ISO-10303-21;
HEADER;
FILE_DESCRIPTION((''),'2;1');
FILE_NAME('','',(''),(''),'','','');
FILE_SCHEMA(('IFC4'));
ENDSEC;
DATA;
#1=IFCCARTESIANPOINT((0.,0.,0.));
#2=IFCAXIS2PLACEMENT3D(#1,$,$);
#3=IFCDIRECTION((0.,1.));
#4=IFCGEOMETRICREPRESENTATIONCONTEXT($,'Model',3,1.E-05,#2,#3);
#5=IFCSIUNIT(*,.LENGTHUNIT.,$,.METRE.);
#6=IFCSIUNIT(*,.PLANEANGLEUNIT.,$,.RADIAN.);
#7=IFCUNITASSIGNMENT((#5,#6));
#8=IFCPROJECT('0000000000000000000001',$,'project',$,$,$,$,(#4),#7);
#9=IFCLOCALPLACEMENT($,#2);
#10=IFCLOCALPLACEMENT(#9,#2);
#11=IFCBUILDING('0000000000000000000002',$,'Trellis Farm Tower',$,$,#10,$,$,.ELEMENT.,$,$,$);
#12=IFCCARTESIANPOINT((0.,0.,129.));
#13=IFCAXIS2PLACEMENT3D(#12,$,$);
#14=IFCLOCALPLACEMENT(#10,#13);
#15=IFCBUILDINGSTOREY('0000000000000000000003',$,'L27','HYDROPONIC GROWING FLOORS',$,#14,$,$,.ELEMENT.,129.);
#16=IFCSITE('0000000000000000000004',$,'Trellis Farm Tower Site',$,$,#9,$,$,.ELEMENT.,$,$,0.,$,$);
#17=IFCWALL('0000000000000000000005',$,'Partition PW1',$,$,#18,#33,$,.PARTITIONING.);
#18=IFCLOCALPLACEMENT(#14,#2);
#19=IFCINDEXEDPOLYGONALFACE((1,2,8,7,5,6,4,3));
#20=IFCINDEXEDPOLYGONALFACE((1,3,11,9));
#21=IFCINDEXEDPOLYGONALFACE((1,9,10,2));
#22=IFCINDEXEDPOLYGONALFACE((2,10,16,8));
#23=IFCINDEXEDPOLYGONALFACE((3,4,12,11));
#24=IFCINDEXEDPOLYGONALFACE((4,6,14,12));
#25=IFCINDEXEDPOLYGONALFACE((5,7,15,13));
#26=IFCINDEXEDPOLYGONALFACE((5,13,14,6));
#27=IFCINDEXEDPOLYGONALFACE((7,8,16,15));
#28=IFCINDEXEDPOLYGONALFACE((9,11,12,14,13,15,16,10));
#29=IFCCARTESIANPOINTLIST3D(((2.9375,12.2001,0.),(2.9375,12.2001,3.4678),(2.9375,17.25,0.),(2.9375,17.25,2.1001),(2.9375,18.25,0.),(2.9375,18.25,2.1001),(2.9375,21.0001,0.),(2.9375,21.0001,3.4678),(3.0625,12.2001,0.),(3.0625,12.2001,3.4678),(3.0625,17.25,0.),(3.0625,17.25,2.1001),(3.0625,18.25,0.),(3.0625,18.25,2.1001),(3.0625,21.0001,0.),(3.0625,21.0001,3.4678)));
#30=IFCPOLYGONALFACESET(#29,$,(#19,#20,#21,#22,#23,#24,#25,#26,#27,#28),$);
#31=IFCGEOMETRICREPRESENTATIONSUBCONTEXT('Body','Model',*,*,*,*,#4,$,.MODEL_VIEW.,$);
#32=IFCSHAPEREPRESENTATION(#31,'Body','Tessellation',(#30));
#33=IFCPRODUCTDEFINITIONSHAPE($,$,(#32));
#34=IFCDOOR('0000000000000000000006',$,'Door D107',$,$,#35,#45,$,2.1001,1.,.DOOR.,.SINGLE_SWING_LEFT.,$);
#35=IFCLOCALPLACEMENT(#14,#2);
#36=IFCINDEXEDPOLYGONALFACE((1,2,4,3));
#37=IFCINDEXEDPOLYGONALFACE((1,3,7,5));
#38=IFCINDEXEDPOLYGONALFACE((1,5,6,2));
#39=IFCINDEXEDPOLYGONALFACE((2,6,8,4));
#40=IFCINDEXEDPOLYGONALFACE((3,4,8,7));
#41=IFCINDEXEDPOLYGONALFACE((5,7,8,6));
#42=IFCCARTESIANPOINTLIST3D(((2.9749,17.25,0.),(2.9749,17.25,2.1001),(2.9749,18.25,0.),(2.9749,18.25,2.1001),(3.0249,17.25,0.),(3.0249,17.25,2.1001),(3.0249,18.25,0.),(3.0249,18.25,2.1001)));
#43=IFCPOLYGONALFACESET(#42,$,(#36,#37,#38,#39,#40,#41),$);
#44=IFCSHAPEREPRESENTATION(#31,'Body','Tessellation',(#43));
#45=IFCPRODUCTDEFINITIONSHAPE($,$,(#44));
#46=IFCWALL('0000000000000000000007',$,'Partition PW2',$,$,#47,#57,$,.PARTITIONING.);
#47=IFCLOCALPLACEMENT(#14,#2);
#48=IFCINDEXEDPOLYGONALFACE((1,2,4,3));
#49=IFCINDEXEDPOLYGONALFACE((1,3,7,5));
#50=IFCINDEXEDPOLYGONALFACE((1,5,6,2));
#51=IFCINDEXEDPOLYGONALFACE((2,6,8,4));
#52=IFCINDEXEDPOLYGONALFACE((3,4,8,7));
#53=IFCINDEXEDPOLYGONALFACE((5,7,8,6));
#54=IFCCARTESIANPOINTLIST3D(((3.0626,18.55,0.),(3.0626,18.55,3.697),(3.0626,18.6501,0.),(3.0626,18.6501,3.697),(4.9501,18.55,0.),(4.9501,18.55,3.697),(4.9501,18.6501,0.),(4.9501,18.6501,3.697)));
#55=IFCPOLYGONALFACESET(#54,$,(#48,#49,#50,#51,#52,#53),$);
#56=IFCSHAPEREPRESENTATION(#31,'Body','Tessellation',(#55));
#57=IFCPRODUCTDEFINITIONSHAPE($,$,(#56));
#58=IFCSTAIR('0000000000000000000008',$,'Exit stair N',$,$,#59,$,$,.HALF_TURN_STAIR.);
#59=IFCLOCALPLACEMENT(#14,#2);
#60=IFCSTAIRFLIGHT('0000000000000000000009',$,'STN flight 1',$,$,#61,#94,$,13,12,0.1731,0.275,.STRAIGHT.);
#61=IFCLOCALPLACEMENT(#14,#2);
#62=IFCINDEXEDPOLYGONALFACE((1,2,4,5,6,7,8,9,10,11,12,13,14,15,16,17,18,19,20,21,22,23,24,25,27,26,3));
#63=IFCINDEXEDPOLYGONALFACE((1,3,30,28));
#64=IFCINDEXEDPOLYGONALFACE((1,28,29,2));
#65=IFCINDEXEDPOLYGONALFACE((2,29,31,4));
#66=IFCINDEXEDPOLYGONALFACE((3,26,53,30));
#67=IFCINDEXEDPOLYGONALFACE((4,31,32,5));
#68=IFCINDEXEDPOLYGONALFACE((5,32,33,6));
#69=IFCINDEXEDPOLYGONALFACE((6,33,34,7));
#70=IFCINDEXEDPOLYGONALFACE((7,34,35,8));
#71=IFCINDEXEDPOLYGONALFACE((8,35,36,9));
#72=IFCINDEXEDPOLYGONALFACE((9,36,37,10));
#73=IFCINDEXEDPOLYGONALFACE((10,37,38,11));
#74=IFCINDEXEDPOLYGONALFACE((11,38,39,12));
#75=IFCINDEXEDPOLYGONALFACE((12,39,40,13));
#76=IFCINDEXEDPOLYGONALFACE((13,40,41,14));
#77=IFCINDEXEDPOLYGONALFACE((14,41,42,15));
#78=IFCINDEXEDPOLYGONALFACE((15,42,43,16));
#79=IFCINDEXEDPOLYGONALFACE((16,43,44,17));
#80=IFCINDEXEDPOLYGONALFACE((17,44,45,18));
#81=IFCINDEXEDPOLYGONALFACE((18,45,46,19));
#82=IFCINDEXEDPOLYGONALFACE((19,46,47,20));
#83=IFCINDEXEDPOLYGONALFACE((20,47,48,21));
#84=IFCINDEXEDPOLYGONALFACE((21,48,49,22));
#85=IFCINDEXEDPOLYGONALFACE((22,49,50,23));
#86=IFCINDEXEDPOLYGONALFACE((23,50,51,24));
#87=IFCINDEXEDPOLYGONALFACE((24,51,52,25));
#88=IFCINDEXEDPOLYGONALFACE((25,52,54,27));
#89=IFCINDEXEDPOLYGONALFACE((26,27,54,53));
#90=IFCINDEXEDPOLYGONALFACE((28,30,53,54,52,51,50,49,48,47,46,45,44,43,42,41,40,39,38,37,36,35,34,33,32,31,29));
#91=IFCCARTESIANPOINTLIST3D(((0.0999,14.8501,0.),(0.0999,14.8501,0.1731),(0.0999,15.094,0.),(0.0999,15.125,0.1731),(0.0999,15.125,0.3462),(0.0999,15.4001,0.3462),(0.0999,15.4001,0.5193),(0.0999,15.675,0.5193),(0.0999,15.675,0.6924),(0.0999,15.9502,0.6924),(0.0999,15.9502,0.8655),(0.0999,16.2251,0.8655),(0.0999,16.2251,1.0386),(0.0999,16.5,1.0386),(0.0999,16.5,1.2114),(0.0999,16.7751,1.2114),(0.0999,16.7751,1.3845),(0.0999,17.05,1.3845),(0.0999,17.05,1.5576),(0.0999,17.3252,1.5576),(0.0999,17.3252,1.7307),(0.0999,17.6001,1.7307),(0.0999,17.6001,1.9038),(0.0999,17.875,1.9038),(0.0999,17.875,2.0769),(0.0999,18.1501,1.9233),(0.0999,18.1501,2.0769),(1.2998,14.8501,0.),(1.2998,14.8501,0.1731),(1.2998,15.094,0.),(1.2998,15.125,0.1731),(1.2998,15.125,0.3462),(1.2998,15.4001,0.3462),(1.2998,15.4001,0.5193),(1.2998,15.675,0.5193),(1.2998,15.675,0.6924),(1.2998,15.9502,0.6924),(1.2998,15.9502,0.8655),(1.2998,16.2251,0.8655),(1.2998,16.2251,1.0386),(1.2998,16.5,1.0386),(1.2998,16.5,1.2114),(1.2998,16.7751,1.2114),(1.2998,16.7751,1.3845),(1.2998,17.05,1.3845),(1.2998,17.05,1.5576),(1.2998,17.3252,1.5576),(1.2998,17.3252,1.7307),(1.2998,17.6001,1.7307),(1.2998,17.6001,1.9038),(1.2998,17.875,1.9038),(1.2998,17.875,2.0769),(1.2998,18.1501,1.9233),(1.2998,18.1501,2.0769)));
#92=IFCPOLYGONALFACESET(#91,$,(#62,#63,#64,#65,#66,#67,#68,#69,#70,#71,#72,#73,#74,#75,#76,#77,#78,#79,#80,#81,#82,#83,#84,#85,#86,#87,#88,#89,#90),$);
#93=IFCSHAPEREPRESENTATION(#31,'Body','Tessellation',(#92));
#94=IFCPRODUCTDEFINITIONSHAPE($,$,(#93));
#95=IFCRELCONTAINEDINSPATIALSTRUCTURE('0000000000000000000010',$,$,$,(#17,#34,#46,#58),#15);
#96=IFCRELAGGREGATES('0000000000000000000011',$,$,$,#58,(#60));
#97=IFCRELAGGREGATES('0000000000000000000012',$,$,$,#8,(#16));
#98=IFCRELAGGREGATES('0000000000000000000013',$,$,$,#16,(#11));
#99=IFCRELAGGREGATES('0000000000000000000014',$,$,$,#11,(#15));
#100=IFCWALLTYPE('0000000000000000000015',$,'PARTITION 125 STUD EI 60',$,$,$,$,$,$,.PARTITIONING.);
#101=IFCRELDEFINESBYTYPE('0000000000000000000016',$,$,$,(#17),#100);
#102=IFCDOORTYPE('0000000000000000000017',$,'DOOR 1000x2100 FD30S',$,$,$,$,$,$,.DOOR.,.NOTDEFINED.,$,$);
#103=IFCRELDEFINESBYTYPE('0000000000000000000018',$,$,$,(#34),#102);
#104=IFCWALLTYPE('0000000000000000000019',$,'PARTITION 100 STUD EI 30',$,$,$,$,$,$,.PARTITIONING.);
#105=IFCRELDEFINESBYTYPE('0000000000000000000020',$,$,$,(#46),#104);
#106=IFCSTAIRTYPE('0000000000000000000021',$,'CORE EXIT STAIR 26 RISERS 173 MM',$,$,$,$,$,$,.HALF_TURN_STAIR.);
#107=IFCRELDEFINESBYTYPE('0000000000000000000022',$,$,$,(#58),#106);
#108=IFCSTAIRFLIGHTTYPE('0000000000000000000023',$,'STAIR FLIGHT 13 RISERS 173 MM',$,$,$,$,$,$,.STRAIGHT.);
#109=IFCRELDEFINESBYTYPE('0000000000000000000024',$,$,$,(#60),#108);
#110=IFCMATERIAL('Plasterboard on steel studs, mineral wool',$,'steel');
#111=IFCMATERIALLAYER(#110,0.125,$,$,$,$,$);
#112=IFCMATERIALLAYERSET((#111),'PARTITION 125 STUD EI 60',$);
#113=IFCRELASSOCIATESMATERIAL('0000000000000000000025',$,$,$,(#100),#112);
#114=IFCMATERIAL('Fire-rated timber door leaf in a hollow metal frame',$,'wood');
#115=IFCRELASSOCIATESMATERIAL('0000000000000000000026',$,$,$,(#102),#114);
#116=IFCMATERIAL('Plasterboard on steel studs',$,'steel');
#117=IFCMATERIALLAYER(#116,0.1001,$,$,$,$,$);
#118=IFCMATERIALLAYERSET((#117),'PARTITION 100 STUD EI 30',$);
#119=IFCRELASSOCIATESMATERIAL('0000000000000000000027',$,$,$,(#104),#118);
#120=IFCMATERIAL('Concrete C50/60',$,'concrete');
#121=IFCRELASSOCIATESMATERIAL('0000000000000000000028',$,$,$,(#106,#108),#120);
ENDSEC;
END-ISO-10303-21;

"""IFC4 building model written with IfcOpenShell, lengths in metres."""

from ifc_helpers import new_model, si_unit, direction, frame, frame_2d, origin, place, context, subcontext, project, spatial, polyline, rectangle, outline, extrude, source, transform, mapped, material, layer, layer_set, type_object, element, fill, aggregate, save


model = new_model("IFC4")

# Units and contexts
model_context = context("Model", 3, precision=1e-05, world=origin(), true_north=direction((0.0, 1.0)))
body_context = subcontext(model_context, "Body", "Model", "MODEL_VIEW")
ifc_project = project(units=[si_unit("LENGTHUNIT", "METRE"), si_unit("PLANEANGLEUNIT", "RADIAN")], contexts=[model_context])

# Site, building, storey
site_placement = place(None, origin())
site = spatial("IfcSite", under=ifc_project, at=site_placement, Name="Trellis Farm Tower Site", CompositionType="ELEMENT", RefElevation=0.0)
building_placement = place(site_placement, origin())
building = spatial("IfcBuilding", under=site, at=building_placement, Name="Trellis Farm Tower", CompositionType="ELEMENT")
storey_placement = place(building_placement, frame((0.0, 0.0, 129.0)))
storey = spatial("IfcBuildingStorey", under=building, at=storey_placement, Name="L27", Description="HYDROPONIC GROWING FLOORS", CompositionType="ELEMENT", Elevation=129.0)

# Shared definitions
placement = place(storey_placement, origin())

# Shared definitions
ifc_material_1 = material(Name="Plasterboard on steel studs, mineral wool", Category="steel")
ifc_layer_1 = layer(ifc_material_1, 0.125)
ifc_layer_set_1 = layer_set([ifc_layer_1], Name="PARTITION 125 STUD EI 60")
wall_type_1 = type_object("IfcWallType", Name="PARTITION 125 STUD EI 60", PredefinedType="PARTITIONING", material=ifc_layer_set_1)

# Shared definitions
shared_shape_1 = source(origin(), body_context, "Body", "SweptSolid", [
    extrude(rectangle(XDim=1.0, YDim=2.1001, at=frame_2d((0.5, 1.05))), frame((0.0, 0.0725, 0.0), z_axis=(0.0, -1.0, 0.0), x_axis=(1.0, 0.0, 0.0)), (0.0, 0.0, 1.0), 0.145),
])
ifc_material_2 = material(Name="Fire-rated timber door leaf in a hollow metal frame", Category="wood")
door_type_1 = type_object("IfcDoorType", Name="DOOR 1000x2100 FD30S", OperationType="NOTDEFINED", PredefinedType="DOOR", material=ifc_material_2)
shared_shape_2 = source(origin(), body_context, "Body", "SweptSolid", [
    extrude(rectangle(XDim=1.0, YDim=2.1001, at=frame_2d((0.5, 1.05))), frame((0.0, 0.0249, 0.0), z_axis=(0.0, -1.0, 0.0), x_axis=(1.0, 0.0, 0.0)), (0.0, 0.0, 1.0), 0.05),
])

# Wall, opening, door
shared_shape_3 = source(origin(), body_context, "Body", "SweptSolid", [
    extrude(rectangle(XDim=8.8, YDim=0.125, at=frame_2d((4.3999, 0.0))), origin(), (0.0, 0.0, 1.0), 3.4678),
])
wall_1_placement = place(storey_placement, frame((3.0, 21.0, 0.0), z_axis=(0.0, 0.0, 1.0), x_axis=(0.0, -1.0, 0.0)))
wall_1 = element("IfcWall", 1, at=wall_1_placement, inside=storey, type_object=wall_type_1, Name="Partition PW1", PredefinedType="PARTITIONING", context=body_context, shape_type="MappedRepresentation", body=[
    mapped(shared_shape_3, transform((0.0, 0.0, 0.0))),
])
opening_1_placement = place(wall_1_placement, frame((2.75, 0.0, 0.0)))
opening_1 = element("IfcOpeningElement", 2, at=opening_1_placement, cuts=wall_1, PredefinedType="OPENING", context=body_context, shape_type="MappedRepresentation", body=[
    mapped(shared_shape_1, transform((0.0, 0.0, 0.0))),
])
door_1_placement = place(opening_1_placement, origin())
door_1 = element("IfcDoor", 3, at=door_1_placement, inside=storey, type_object=door_type_1, Name="Door D107", OperationType="SINGLE_SWING_LEFT", OverallHeight=2.1001, OverallWidth=1.0, PredefinedType="DOOR", context=body_context, shape_type="MappedRepresentation", body=[
    mapped(shared_shape_2, transform((0.0, 0.0, 0.0))),
])
fill(opening_1, door_1)

# Wall
ifc_material_3 = material(Name="Plasterboard on steel studs", Category="steel")
ifc_layer_2 = layer(ifc_material_3, 0.1001)
ifc_layer_set_2 = layer_set([ifc_layer_2], Name="PARTITION 100 STUD EI 30")
wall_type_2 = type_object("IfcWallType", Name="PARTITION 100 STUD EI 30", PredefinedType="PARTITIONING", material=ifc_layer_set_2)
shared_shape_4 = source(origin(), body_context, "Body", "SweptSolid", [
    extrude(rectangle(XDim=1.8875, YDim=0.1001, at=frame_2d((0.9438, 0.0))), origin(), (0.0, 0.0, 1.0), 3.697),
])
wall_2_placement = place(storey_placement, frame((3.0625, 18.6001, 0.0), z_axis=(0.0, 0.0, 1.0), x_axis=(1.0, 0.0, 0.0)))
element("IfcWall", 4, at=wall_2_placement, inside=storey, type_object=wall_type_2, Name="Partition PW2", PredefinedType="PARTITIONING", context=body_context, shape_type="MappedRepresentation", body=[
    mapped(shared_shape_4, transform((0.0, 0.0, 0.0))),
])

# Stair, stair flight
ifc_material_4 = material(Name="Concrete C50/60", Category="concrete")
stair_type = type_object("IfcStairType", Name="CORE EXIT STAIR 26 RISERS 173 MM", PredefinedType="HALF_TURN_STAIR", material=ifc_material_4)
stair = element("IfcStair", 5, at=placement, inside=storey, type_object=stair_type, Name="Exit stair N", PredefinedType="HALF_TURN_STAIR")
stair_flight_type = type_object("IfcStairFlightType", Name="STAIR FLIGHT 13 RISERS 173 MM", PredefinedType="STRAIGHT", material=ifc_material_4)
shared_shape_5 = source(origin(), body_context, "Body", "SweptSolid", [
    extrude(outline(polyline([(0.0, 0.0), (0.0, 0.1731), (0.2749, 0.1731), (0.2749, 0.3462), (0.55, 0.3462), (0.55, 0.5193), (0.825, 0.5193), (0.825, 0.6924), (1.1001, 0.6924), (1.1001, 0.8655), (1.375, 0.8655), (1.375, 1.0386), (1.6499, 1.0386), (1.6499, 1.2114), (1.925, 1.2114), (1.925, 1.3845), (2.2, 1.3845), (2.2, 1.5576), (2.4751, 1.5576), (2.4751, 1.7307), (2.75, 1.7307), (2.75, 1.9038), (3.0249, 1.9038), (3.0249, 2.0769), (3.3, 2.0769), (3.3, 2.25), (3.3, 1.9233), (0.2439, 0.0), (0.0, 0.0)])), frame((0.0, 0.6001, 0.0), z_axis=(0.0, -1.0, 0.0), x_axis=(1.0, 0.0, 0.0)), (0.0, 0.0, 1.0), 1.2),
])
stair_flight_placement = place(storey_placement, frame((0.7, 14.8501, 0.0), z_axis=(0.0, 0.0, 1.0), x_axis=(0.0, 1.0, 0.0)))
stair_flight = element("IfcStairFlight", 6, at=stair_flight_placement, type_object=stair_flight_type, Name="STN flight 1", NumberOfRisers=13, NumberOfTreads=12, PredefinedType="STRAIGHT", RiserHeight=0.1731, TreadLength=0.275, context=body_context, shape_type="MappedRepresentation", body=[
    mapped(shared_shape_5, transform((0.0, 0.0, 0.0))),
])
aggregate(stair, [stair_flight])

save(model, "model.ifc")
